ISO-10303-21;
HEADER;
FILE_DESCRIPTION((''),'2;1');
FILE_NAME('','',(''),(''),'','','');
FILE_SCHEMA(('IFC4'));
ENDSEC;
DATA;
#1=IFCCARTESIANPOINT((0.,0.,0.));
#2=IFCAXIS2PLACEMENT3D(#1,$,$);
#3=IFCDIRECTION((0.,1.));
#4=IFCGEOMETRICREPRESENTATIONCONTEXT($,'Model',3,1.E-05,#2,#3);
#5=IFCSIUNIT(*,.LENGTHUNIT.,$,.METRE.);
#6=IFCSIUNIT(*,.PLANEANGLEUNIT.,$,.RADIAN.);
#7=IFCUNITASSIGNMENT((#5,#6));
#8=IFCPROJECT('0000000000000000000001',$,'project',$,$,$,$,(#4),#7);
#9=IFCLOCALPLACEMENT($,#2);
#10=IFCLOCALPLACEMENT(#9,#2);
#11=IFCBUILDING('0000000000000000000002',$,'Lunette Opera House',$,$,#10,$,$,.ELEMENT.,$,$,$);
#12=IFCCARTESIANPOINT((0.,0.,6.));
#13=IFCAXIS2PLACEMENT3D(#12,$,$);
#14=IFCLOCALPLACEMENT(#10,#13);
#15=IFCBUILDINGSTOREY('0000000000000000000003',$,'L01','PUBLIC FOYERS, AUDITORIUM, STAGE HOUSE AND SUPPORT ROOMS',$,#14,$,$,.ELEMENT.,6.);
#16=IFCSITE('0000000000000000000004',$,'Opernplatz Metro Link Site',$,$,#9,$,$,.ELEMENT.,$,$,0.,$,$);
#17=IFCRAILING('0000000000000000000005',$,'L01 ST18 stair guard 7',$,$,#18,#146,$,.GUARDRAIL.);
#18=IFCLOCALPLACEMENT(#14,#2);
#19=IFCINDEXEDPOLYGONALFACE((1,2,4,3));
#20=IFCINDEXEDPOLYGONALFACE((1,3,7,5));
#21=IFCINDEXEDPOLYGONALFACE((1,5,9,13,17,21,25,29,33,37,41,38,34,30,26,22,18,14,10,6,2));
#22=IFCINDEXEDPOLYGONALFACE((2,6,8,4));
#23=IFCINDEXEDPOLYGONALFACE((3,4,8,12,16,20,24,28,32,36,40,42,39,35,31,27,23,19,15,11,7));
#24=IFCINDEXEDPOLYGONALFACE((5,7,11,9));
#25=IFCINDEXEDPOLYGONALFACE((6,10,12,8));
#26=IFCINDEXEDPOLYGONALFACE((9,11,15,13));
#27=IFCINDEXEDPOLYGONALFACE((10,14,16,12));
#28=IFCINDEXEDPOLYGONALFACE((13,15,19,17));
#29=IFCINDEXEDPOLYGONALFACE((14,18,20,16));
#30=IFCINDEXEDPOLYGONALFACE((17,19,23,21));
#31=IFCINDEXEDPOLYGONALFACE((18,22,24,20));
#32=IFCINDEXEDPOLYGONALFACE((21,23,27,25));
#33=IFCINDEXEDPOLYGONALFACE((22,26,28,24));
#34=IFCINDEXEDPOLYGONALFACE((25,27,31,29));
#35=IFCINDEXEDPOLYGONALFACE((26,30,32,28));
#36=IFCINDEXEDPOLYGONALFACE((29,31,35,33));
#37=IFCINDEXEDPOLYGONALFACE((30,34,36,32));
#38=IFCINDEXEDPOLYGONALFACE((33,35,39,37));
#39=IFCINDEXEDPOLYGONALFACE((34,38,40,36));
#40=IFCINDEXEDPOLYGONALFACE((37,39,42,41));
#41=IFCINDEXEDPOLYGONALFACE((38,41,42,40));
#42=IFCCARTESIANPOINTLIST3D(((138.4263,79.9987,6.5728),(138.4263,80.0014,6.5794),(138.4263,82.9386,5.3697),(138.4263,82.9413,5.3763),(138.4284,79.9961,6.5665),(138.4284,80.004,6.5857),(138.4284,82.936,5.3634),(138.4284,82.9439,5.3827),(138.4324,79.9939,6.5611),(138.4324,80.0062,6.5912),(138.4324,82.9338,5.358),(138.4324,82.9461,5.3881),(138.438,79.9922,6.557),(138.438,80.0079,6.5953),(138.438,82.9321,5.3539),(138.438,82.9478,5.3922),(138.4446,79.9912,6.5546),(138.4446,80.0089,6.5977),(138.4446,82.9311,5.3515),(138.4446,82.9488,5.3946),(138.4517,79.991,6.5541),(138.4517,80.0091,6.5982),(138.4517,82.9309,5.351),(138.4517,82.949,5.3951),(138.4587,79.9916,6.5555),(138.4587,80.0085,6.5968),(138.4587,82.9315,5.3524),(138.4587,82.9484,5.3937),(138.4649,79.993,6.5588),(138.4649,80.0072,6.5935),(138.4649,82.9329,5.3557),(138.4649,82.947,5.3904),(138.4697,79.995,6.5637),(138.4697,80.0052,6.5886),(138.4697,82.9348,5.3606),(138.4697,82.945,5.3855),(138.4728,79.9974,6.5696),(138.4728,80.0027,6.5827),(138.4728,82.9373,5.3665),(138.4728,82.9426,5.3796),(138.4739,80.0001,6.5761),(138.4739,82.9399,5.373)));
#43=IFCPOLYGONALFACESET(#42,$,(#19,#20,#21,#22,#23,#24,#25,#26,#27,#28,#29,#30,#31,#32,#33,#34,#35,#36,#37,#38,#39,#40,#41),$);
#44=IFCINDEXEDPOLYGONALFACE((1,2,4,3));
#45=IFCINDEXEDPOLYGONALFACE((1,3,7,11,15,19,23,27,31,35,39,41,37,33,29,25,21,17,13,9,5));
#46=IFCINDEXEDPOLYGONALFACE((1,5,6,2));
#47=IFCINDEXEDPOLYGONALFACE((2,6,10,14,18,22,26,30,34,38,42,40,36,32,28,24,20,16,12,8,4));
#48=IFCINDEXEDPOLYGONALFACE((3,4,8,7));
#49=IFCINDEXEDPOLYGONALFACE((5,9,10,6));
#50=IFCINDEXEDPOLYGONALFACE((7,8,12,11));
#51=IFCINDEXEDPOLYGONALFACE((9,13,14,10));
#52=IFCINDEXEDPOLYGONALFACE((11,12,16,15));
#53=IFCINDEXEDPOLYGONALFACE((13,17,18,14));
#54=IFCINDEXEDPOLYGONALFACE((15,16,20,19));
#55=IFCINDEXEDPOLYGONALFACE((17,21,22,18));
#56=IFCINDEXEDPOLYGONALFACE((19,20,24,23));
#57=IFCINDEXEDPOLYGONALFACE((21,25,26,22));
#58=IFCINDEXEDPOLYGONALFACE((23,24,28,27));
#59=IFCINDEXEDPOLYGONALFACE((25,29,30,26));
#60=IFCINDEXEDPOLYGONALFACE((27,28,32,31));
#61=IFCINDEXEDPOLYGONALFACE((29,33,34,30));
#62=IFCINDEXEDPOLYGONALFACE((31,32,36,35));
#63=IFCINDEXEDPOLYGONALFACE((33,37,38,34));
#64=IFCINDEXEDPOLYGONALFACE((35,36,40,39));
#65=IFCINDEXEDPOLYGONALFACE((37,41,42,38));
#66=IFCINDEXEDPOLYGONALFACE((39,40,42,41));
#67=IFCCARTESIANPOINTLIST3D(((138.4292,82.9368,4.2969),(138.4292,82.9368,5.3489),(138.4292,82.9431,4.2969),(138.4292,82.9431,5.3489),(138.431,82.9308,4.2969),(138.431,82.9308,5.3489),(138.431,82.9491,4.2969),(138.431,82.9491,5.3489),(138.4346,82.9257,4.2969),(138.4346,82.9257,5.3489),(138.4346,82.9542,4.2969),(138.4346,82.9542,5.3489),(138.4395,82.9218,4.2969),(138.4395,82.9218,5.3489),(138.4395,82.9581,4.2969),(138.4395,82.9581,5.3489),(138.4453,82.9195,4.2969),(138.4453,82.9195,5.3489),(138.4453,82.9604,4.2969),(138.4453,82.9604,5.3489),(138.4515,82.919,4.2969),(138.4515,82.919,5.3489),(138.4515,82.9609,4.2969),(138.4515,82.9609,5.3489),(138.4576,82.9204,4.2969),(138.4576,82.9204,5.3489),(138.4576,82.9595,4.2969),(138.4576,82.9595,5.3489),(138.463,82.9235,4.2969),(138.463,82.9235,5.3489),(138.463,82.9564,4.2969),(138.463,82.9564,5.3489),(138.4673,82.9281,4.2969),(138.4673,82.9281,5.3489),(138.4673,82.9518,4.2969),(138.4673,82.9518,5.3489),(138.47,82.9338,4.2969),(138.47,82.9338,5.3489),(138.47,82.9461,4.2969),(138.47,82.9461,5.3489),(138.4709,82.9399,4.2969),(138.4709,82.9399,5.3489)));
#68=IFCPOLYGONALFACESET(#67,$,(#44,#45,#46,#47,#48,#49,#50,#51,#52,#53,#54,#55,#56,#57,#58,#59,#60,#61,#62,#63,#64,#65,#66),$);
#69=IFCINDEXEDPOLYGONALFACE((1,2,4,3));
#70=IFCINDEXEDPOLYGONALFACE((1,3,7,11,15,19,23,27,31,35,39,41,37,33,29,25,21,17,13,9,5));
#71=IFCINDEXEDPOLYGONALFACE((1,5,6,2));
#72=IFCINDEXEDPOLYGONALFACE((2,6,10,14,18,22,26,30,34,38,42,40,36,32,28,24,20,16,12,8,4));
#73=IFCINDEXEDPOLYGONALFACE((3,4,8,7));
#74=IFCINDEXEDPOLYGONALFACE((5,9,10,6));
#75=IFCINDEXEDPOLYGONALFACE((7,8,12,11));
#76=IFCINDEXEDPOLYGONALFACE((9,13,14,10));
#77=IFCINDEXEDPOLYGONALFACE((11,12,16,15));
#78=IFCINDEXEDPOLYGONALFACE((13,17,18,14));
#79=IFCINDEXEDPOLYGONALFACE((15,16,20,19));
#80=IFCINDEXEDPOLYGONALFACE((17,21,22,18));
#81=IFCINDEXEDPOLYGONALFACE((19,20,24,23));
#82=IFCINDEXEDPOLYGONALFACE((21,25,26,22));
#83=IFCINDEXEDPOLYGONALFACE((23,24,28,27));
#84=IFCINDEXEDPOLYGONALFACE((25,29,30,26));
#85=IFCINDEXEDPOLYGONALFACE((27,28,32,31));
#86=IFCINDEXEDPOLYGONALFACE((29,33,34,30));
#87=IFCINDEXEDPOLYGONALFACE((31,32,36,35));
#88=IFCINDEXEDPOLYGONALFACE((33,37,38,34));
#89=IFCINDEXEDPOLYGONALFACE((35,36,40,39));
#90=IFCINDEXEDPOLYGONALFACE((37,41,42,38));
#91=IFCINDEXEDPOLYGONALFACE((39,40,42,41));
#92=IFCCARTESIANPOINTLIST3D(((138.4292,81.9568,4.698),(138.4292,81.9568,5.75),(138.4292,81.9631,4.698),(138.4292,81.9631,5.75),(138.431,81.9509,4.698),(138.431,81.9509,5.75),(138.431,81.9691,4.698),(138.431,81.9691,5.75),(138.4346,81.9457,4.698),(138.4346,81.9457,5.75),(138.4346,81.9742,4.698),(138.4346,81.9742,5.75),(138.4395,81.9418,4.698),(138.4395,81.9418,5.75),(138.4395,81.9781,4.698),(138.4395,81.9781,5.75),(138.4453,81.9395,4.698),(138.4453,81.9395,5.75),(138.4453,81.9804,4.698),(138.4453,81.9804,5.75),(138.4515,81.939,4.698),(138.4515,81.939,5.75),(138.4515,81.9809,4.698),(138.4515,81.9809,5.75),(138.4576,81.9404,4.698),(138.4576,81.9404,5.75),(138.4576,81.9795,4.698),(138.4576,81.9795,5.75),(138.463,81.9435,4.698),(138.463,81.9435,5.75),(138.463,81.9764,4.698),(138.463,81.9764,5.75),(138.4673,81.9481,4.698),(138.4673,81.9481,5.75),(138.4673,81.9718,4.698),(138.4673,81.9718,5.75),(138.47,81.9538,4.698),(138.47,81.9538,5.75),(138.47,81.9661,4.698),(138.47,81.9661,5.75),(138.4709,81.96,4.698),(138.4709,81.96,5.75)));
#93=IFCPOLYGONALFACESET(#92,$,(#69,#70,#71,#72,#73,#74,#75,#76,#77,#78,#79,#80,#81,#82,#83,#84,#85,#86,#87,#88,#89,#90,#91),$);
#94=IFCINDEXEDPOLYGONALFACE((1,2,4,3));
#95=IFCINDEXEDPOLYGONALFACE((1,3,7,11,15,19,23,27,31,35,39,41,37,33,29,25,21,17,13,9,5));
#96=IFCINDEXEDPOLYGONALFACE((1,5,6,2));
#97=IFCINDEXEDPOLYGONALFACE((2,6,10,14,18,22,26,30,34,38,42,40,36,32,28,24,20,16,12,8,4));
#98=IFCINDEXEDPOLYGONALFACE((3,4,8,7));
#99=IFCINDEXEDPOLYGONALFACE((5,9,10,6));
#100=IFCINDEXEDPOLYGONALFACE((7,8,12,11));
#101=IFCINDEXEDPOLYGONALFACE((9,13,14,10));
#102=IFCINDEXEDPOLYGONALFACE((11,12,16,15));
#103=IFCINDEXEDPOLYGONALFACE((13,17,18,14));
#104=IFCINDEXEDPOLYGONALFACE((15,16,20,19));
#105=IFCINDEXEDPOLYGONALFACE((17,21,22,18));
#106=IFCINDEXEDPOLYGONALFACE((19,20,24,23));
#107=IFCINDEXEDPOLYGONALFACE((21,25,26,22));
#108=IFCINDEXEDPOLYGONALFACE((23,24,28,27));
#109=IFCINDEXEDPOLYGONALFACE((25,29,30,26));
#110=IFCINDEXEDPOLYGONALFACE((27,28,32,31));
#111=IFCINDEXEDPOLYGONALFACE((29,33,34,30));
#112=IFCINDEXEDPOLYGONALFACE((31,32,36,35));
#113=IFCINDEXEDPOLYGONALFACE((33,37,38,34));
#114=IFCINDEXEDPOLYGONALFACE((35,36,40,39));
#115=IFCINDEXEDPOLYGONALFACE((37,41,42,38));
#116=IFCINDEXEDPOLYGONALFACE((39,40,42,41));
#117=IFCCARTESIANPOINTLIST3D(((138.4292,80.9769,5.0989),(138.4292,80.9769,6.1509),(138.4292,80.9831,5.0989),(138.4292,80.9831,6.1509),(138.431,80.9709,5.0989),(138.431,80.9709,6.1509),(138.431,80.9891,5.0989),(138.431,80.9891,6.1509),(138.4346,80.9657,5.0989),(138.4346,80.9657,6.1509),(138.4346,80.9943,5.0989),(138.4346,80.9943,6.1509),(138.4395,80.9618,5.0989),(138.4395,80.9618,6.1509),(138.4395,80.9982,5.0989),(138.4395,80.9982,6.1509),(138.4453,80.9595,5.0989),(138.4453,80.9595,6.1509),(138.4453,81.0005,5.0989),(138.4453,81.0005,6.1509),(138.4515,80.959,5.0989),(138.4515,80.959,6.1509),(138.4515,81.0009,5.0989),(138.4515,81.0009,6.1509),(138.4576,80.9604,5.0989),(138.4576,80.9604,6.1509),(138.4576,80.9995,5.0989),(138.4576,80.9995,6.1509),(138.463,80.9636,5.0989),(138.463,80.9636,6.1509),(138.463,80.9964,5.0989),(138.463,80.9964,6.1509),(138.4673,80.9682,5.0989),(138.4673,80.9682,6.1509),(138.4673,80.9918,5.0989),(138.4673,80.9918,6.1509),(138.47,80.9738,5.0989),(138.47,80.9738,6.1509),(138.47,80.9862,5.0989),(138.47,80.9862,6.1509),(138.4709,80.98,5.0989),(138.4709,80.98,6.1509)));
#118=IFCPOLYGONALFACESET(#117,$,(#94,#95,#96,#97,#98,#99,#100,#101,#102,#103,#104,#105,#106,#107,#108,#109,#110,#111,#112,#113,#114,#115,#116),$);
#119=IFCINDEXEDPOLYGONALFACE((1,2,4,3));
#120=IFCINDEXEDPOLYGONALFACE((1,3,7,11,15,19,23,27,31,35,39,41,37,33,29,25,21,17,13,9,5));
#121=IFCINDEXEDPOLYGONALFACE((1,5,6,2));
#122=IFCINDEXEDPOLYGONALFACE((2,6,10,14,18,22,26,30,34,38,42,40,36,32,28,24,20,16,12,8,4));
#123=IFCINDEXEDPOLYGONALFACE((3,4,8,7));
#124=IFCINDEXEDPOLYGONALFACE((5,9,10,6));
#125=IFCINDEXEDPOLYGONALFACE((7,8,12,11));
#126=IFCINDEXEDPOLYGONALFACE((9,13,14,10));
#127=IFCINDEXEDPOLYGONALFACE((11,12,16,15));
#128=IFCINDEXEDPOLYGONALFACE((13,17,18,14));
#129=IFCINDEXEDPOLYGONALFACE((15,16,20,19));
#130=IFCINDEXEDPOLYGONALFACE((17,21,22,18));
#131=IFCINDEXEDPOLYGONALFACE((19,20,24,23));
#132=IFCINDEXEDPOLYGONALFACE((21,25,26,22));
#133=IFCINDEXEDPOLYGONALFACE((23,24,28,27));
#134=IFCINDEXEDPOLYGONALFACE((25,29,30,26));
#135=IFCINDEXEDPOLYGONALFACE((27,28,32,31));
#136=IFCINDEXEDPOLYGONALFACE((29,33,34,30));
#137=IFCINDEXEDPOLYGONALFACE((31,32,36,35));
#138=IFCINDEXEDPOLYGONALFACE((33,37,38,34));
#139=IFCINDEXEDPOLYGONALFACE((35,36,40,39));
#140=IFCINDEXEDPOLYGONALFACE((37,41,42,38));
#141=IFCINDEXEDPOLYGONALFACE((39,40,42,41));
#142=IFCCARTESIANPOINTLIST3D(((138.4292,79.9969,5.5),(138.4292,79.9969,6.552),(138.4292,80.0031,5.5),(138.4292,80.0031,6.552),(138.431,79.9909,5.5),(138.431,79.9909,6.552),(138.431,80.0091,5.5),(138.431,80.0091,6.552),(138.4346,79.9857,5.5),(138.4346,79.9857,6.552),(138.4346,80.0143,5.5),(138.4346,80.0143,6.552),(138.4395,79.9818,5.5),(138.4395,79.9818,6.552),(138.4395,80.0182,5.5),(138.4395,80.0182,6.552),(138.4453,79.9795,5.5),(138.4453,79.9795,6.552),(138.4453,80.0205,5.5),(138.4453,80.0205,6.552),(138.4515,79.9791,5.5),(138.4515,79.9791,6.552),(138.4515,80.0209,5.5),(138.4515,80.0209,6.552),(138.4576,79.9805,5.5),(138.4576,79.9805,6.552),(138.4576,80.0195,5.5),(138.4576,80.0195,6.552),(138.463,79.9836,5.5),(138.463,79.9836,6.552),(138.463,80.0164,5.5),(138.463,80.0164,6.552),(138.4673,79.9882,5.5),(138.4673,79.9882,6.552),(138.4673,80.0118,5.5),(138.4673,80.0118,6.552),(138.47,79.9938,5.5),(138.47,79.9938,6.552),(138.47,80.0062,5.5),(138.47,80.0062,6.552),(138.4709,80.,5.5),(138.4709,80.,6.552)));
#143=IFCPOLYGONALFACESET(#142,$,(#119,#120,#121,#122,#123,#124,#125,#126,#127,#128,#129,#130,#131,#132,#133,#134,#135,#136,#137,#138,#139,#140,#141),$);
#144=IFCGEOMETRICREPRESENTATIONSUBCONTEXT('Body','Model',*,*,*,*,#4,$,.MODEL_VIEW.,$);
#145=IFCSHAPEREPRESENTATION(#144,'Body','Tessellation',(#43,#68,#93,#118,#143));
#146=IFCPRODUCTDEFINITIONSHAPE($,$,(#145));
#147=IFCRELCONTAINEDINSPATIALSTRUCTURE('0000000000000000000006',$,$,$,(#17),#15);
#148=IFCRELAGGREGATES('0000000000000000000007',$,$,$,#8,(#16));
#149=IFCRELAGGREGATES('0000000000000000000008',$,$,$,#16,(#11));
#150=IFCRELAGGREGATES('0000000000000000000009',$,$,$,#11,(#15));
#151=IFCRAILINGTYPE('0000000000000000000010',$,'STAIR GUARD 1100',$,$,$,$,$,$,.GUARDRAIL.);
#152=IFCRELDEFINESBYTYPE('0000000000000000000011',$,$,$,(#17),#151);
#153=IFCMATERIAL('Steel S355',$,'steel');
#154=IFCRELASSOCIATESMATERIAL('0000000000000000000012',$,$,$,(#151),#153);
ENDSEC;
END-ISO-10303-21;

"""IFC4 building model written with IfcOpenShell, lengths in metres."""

from ifc_helpers import new_model, si_unit, direction, frame, origin, origin_2d, place, context, subcontext, project, spatial, circle, extrude, material, type_object, element, save


model = new_model("IFC4")

# Units and contexts
model_context = context("Model", 3, precision=1e-05, world=origin(), true_north=direction((0.0, 1.0)))
body_context = subcontext(model_context, "Body", "Model", "MODEL_VIEW")
ifc_project = project(units=[si_unit("LENGTHUNIT", "METRE"), si_unit("PLANEANGLEUNIT", "RADIAN")], contexts=[model_context])

# Site, building, storey
site_placement = place(None, origin())
site = spatial("IfcSite", under=ifc_project, at=site_placement, Name="Opernplatz Metro Link Site", CompositionType="ELEMENT", RefElevation=0.0)
building_placement = place(site_placement, origin())
building = spatial("IfcBuilding", under=site, at=building_placement, Name="Lunette Opera House", CompositionType="ELEMENT")
storey_placement = place(building_placement, frame((0.0, 0.0, 6.0)))
storey = spatial("IfcBuildingStorey", under=building, at=storey_placement, Name="L01", Description="PUBLIC FOYERS, AUDITORIUM, STAGE HOUSE AND SUPPORT ROOMS", CompositionType="ELEMENT", Elevation=6.0)

# Railing
ifc_material_1 = material(Name="Steel S355", Category="steel")
railing_type_1 = type_object("IfcRailingType", Name="STAIR GUARD 1100", PredefinedType="GUARDRAIL", material=ifc_material_1)
for number, where, name in (
    (1, (138.45, 82.9399, 4.2969), "L01 ST18 stair guard 7"),
):
    element("IfcRailing", number, at=place(storey_placement, frame(where)), inside=storey, type_object=railing_type_1, Name=name, PredefinedType="GUARDRAIL", context=body_context, shape_type="SweptSolid", body=[
        extrude(circle(Radius=0.0239, at=origin_2d()), frame((0.0, 0.0, 1.0762), z_axis=(0.0, -0.9255, 0.378747), x_axis=(1.0, 0.0, 0.0)), (0.0, 0.0, 1.0), 3.1765),
        extrude(circle(Radius=0.021, at=origin_2d()), origin(), (0.0, 0.0, 1.0), 1.052),
        extrude(circle(Radius=0.021, at=origin_2d()), frame((0.0, -0.98, 0.4011)), (0.0, 0.0, 1.0), 1.052),
        extrude(circle(Radius=0.021, at=origin_2d()), frame((0.0, -1.96, 0.802)), (0.0, 0.0, 1.0), 1.052),
        extrude(circle(Radius=0.021, at=origin_2d()), frame((0.0, -2.9399, 1.2031)), (0.0, 0.0, 1.0), 1.052),
    ])

save(model, "model.ifc")
